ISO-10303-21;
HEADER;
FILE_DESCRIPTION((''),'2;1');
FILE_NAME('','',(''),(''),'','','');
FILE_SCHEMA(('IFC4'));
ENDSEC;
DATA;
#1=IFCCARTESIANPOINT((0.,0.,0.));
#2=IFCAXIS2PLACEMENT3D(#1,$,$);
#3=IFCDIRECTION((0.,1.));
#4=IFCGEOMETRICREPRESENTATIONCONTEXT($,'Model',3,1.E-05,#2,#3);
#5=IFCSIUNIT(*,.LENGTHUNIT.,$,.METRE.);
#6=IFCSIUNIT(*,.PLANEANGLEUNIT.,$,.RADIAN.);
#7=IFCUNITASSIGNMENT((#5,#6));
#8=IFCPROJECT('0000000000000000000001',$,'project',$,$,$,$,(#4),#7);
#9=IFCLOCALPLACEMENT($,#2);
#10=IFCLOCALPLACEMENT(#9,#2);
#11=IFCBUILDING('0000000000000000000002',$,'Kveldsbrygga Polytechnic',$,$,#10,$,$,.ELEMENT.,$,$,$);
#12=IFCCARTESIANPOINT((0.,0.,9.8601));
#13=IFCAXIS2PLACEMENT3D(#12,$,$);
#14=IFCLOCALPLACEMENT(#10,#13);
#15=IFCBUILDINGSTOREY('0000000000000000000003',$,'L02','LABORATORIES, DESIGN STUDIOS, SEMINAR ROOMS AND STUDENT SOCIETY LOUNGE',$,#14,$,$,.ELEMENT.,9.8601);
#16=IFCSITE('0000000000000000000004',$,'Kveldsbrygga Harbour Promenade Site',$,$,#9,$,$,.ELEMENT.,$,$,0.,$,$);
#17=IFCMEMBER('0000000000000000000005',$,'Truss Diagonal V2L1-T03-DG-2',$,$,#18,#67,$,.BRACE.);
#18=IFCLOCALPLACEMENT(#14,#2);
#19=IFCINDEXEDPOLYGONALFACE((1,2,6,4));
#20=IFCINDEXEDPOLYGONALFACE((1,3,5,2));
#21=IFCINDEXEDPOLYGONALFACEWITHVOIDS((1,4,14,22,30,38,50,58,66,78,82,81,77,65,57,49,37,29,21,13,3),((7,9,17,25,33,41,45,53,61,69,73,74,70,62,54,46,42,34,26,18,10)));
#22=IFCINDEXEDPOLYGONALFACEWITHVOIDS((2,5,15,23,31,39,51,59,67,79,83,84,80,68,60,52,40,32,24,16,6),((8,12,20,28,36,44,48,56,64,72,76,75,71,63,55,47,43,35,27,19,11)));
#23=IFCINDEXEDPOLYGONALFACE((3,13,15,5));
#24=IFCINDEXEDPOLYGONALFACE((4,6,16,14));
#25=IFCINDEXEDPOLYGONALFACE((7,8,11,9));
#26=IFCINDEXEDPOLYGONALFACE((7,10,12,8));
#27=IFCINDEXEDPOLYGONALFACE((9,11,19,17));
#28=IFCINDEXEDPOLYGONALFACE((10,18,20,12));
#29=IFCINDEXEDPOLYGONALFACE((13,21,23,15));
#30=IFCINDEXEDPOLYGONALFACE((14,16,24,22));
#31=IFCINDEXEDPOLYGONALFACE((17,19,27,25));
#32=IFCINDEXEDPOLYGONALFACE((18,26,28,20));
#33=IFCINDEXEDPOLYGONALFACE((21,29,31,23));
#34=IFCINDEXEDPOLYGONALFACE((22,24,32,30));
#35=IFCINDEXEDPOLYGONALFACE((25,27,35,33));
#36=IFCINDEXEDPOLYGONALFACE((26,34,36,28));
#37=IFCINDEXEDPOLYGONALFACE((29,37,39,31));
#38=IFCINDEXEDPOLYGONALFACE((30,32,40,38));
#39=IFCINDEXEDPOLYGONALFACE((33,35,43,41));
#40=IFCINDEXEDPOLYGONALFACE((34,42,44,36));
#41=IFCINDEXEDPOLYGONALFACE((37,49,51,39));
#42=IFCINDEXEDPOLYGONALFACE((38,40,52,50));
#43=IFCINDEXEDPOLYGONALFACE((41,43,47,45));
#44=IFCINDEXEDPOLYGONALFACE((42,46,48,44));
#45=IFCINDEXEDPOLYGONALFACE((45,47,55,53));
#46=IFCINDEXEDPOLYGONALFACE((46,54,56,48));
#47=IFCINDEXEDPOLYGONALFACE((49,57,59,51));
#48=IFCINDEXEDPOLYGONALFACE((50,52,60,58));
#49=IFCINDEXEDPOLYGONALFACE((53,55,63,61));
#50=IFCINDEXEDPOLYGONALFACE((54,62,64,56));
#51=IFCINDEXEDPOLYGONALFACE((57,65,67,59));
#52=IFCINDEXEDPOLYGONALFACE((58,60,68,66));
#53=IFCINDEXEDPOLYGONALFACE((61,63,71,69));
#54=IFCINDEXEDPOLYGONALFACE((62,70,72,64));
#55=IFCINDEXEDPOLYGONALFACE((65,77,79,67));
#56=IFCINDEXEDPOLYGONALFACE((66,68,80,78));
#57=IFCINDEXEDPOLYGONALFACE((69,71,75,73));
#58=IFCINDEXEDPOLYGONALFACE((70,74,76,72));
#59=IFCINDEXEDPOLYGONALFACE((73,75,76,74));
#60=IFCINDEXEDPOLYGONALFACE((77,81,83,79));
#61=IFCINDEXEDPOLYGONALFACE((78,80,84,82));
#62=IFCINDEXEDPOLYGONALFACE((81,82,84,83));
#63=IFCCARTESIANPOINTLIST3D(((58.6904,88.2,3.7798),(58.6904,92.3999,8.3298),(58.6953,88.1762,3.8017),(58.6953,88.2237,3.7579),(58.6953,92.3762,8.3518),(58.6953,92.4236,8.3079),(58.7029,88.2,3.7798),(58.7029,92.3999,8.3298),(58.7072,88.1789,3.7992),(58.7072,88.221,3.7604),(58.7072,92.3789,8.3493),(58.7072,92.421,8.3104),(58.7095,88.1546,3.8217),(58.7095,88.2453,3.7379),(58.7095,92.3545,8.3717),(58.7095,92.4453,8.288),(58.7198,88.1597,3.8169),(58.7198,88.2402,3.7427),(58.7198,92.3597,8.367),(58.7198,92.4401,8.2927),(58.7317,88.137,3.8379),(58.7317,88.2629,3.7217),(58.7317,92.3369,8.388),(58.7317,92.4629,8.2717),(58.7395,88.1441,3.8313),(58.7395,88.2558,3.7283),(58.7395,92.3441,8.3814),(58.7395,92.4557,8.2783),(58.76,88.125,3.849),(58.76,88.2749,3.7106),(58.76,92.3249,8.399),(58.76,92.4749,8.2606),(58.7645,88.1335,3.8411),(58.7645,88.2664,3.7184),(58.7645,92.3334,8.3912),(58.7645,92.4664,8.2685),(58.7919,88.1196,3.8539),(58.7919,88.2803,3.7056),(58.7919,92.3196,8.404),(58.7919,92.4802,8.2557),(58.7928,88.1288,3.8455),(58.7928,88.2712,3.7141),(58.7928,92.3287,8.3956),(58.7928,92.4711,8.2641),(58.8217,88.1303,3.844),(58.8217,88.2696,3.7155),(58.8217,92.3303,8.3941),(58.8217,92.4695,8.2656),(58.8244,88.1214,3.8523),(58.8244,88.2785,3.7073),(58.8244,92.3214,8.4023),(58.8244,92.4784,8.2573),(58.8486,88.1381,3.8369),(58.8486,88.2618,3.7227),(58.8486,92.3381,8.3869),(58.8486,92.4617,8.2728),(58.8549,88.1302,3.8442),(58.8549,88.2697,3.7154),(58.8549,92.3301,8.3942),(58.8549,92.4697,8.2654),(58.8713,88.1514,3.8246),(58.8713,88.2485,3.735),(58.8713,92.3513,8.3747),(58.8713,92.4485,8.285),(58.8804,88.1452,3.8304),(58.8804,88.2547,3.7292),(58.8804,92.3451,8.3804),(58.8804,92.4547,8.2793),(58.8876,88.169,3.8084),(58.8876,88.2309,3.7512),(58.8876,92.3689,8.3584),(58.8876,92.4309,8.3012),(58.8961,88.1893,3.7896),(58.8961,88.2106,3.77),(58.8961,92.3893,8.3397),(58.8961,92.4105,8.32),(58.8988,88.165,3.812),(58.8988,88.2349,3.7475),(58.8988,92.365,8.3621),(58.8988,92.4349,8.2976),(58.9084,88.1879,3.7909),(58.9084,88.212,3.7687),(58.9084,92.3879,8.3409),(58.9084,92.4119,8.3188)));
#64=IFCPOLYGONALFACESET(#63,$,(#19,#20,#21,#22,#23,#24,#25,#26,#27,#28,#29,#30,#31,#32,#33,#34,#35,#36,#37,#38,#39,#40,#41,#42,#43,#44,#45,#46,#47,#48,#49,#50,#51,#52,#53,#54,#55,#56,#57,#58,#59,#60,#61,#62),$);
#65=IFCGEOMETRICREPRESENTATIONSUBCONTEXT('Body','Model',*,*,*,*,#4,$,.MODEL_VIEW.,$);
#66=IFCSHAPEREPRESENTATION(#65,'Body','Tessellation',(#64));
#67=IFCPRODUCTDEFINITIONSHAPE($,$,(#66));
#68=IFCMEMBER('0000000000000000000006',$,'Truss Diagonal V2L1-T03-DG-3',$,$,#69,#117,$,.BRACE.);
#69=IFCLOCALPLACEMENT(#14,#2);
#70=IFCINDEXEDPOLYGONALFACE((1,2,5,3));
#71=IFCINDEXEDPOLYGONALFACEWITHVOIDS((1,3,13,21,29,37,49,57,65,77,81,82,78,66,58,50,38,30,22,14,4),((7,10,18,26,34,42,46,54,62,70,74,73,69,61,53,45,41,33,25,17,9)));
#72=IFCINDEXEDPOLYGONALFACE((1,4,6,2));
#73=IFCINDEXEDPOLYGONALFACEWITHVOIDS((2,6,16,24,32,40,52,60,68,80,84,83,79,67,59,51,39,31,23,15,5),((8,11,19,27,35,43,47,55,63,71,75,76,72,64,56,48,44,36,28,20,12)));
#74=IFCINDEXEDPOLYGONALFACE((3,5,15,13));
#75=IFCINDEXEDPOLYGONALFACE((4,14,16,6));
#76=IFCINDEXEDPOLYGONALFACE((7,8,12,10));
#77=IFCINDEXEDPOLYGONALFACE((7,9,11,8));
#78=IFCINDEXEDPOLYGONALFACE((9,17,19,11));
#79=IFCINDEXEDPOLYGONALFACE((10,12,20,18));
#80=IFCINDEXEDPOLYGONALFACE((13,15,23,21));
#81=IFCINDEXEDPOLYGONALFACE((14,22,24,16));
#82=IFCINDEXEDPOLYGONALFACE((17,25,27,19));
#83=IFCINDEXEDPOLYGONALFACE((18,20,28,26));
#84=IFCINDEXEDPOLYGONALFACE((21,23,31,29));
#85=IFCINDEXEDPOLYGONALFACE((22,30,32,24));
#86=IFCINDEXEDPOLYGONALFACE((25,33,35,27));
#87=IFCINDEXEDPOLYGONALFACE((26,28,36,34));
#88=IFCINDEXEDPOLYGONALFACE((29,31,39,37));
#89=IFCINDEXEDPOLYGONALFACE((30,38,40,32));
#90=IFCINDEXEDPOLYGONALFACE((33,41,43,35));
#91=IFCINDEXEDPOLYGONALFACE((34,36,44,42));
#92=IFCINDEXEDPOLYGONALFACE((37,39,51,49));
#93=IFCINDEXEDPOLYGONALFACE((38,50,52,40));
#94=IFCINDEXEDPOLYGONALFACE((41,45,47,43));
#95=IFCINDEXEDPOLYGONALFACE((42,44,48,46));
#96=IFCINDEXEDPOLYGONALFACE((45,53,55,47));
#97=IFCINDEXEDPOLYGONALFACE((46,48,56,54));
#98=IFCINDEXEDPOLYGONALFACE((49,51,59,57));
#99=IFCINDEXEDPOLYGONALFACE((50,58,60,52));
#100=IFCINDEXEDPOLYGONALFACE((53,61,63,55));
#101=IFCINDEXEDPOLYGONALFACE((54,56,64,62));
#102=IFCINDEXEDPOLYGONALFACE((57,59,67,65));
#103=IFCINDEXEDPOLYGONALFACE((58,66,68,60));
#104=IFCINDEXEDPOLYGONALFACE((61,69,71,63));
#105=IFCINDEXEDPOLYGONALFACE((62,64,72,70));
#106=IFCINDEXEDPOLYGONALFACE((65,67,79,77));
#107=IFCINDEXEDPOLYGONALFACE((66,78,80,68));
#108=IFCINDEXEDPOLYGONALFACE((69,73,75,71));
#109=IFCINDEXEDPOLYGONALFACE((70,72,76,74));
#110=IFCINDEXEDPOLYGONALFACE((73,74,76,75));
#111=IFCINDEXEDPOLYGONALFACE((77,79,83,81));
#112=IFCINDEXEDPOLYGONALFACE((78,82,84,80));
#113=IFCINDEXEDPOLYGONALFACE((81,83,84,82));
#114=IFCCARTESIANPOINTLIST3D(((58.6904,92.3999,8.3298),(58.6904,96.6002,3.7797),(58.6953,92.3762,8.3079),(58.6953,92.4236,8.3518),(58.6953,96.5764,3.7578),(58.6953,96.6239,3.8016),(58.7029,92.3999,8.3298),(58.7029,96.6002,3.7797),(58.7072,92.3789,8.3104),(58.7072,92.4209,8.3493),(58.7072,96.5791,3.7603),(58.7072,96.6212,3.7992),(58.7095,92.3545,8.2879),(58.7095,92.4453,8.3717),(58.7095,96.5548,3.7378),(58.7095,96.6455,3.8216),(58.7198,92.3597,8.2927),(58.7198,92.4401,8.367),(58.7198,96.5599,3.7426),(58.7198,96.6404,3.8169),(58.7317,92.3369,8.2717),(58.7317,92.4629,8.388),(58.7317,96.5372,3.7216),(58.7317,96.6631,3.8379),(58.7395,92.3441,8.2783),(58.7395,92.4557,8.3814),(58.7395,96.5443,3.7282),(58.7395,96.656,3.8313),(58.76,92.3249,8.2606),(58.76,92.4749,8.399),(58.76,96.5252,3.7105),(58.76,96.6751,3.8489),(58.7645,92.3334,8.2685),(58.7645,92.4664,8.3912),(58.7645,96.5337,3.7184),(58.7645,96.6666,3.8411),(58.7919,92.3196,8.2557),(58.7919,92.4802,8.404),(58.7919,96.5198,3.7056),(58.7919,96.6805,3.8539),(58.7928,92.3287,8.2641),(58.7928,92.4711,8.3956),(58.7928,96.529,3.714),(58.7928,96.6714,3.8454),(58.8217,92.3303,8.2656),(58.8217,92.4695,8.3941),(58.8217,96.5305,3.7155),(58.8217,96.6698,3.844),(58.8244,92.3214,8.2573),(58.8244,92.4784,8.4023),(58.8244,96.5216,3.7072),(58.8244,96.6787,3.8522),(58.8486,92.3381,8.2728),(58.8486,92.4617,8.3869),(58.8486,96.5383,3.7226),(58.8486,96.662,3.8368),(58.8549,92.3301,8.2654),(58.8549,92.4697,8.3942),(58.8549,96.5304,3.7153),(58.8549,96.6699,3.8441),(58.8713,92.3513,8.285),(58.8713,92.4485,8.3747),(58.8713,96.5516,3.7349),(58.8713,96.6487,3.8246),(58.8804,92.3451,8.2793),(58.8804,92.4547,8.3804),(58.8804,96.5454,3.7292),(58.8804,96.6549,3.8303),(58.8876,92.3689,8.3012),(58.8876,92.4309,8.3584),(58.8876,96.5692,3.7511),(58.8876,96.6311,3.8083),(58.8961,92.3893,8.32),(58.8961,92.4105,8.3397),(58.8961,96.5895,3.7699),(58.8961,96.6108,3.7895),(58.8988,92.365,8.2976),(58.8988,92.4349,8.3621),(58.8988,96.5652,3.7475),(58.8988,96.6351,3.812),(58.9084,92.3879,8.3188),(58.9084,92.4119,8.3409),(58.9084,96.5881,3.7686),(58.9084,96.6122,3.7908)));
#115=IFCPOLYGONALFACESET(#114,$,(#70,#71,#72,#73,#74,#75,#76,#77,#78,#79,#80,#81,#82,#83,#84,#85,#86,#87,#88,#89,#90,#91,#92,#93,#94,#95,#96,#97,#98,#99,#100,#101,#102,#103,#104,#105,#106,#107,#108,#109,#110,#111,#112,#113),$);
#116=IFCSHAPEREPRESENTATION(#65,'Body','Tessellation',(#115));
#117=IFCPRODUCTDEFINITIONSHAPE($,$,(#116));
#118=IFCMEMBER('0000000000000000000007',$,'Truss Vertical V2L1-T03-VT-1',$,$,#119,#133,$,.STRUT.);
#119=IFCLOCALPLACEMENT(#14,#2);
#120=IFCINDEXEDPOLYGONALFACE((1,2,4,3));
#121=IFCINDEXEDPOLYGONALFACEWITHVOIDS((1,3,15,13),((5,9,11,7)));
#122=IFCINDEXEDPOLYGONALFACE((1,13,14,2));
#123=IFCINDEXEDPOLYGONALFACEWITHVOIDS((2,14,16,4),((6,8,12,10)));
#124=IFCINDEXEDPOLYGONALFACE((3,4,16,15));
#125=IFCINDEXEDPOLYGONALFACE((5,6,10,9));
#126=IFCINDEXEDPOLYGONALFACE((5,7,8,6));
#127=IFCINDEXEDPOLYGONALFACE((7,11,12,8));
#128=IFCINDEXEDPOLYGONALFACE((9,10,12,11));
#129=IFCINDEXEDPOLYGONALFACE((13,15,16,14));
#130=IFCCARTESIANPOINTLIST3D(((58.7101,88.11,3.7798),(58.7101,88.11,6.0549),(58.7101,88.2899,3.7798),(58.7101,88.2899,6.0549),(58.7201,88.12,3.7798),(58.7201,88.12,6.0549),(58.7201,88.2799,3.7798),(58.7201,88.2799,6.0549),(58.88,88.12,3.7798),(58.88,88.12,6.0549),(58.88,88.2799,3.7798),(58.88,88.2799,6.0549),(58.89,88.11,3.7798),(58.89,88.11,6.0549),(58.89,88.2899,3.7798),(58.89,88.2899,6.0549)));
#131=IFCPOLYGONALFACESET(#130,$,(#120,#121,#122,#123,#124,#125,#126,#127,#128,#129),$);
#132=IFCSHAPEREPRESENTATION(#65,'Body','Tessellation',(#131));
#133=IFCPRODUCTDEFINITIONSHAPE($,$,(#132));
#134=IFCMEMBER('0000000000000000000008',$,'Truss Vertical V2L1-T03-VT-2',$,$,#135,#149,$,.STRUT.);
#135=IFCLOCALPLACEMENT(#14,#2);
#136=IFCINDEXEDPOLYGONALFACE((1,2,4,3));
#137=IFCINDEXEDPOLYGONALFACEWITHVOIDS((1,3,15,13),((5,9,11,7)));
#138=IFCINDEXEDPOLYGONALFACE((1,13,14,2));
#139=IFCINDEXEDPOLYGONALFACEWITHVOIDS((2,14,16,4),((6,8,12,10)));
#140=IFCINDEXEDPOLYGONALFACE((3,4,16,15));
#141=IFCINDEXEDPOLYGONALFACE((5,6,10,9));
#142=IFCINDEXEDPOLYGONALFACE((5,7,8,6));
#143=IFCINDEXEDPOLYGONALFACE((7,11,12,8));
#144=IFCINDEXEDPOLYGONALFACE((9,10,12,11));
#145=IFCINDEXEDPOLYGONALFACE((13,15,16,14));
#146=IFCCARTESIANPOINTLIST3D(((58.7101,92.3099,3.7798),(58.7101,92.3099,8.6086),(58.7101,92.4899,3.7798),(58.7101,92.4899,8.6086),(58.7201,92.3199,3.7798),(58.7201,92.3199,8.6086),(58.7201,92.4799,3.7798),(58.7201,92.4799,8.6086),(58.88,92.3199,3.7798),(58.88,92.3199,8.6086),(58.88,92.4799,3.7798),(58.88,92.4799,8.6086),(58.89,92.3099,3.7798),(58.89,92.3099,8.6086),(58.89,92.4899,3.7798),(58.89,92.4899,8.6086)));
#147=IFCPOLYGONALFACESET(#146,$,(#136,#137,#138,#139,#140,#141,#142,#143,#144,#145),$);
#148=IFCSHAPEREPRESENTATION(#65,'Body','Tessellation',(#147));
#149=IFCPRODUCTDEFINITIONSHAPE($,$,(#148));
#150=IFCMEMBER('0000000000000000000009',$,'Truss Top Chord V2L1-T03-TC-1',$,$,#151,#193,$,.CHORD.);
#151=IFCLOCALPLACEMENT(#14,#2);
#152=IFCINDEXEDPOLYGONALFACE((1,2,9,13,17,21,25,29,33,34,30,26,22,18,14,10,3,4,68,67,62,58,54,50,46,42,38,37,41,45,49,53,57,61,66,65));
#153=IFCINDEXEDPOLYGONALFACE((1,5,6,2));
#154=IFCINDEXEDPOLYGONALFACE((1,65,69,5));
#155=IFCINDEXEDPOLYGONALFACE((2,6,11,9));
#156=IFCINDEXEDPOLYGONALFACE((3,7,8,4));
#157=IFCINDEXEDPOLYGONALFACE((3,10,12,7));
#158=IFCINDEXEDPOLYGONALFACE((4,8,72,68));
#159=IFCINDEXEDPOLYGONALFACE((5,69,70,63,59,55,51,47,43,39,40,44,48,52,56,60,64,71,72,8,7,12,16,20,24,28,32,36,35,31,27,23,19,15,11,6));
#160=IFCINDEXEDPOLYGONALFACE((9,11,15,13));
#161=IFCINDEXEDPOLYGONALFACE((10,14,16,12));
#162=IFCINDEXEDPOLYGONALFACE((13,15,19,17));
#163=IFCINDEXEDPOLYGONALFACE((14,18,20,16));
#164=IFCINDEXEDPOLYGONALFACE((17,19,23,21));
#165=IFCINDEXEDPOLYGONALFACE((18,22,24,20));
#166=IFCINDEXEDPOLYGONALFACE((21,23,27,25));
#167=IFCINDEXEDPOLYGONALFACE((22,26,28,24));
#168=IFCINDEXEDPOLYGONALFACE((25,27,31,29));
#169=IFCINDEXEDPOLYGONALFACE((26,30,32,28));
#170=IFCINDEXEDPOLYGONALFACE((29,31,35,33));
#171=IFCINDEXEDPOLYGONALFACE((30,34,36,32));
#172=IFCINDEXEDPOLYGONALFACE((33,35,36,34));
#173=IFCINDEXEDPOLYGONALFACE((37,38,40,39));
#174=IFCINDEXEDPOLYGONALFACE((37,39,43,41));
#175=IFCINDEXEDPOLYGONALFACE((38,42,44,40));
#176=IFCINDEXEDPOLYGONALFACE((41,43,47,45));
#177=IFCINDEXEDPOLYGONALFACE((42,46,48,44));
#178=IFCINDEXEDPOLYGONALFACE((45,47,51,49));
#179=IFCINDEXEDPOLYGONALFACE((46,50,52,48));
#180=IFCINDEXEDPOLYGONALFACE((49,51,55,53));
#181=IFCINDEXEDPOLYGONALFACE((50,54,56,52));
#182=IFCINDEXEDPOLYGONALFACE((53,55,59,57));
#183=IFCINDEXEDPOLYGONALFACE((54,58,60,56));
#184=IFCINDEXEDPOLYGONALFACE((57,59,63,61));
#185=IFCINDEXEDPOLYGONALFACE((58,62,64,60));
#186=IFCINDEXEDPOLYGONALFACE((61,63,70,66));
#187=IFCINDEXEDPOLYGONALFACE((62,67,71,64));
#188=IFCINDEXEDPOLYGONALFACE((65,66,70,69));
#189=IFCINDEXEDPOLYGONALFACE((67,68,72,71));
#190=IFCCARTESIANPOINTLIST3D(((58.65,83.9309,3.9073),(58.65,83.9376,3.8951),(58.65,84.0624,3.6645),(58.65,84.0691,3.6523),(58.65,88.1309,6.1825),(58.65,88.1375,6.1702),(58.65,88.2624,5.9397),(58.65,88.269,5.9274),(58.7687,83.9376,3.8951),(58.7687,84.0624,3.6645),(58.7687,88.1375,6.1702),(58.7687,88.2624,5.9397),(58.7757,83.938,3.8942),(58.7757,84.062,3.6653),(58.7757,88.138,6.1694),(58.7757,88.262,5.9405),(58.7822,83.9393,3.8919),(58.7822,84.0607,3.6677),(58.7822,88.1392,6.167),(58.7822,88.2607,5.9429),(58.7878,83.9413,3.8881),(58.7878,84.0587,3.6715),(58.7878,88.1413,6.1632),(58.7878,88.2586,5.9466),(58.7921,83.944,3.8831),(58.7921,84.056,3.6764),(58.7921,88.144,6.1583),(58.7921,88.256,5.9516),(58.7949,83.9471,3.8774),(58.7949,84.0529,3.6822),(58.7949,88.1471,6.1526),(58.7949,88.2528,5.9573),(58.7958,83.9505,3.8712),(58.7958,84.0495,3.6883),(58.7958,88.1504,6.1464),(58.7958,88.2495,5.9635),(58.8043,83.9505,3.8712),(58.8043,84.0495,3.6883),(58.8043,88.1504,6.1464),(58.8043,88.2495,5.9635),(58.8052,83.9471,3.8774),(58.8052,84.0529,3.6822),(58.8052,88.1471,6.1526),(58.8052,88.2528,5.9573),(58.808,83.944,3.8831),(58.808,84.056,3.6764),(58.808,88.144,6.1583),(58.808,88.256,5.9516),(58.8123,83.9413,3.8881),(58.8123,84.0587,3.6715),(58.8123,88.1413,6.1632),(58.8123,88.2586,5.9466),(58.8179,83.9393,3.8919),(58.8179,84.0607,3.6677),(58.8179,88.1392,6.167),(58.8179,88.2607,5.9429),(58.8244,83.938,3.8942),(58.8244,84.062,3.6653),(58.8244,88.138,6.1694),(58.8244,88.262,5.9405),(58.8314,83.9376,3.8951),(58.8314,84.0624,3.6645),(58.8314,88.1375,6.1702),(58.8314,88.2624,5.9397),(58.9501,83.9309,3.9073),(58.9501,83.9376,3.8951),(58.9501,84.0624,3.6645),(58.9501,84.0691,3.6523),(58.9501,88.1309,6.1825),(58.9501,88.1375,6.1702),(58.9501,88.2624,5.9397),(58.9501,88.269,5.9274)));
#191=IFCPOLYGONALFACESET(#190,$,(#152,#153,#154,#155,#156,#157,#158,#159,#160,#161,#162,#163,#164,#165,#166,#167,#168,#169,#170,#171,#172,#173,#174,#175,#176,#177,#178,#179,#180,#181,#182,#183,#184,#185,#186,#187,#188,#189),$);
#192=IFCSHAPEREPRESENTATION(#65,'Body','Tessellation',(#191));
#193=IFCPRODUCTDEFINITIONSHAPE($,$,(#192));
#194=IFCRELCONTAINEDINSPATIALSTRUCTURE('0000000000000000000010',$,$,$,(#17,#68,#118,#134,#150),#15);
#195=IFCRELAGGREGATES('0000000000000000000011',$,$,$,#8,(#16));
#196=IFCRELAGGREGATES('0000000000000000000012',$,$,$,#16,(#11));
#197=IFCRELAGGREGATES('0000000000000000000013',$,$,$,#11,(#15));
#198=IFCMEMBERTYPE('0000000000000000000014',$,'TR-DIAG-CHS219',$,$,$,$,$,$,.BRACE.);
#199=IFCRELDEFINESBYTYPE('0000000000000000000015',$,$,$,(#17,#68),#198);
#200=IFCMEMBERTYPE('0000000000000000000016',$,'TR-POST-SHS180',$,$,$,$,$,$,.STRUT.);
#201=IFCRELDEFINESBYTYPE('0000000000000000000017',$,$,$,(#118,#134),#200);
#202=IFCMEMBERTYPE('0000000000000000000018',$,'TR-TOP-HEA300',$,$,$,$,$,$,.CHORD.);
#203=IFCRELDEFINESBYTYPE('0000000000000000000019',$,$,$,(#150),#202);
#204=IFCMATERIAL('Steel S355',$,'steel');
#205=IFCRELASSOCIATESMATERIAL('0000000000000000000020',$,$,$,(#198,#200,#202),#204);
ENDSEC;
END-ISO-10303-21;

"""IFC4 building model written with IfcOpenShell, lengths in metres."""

from ifc_helpers import new_model, si_unit, direction, frame, origin, origin_2d, place, context, subcontext, project, spatial, hollow_rectangle, hollow_circle, i_section, extrude, material, material_profile, profile_set, type_object, element, save


model = new_model("IFC4")

# Units and contexts
model_context = context("Model", 3, precision=1e-05, world=origin(), true_north=direction((0.0, 1.0)))
body_context = subcontext(model_context, "Body", "Model", "MODEL_VIEW")
ifc_project = project(units=[si_unit("LENGTHUNIT", "METRE"), si_unit("PLANEANGLEUNIT", "RADIAN")], contexts=[model_context])

# Site, building, storey
site_placement = place(None, origin())
site = spatial("IfcSite", under=ifc_project, at=site_placement, Name="Kveldsbrygga Harbour Promenade Site", CompositionType="ELEMENT", RefElevation=0.0)
building_placement = place(site_placement, origin())
building = spatial("IfcBuilding", under=site, at=building_placement, Name="Kveldsbrygga Polytechnic", CompositionType="ELEMENT")
storey_placement = place(building_placement, frame((0.0, 0.0, 9.8601)))
storey = spatial("IfcBuildingStorey", under=building, at=storey_placement, Name="L02", Description="LABORATORIES, DESIGN STUDIOS, SEMINAR ROOMS AND STUDENT SOCIETY LOUNGE", CompositionType="ELEMENT", Elevation=9.8601)

# Members
ifc_material_1 = material(Name="Steel S355", Category="steel")
ifc_material_profile_1 = material_profile(ifc_material_1, hollow_circle(Radius=0.1096, WallThickness=0.0125, at=origin_2d()), Name="CHS 219.1x12.5")
ifc_profile_set_1 = profile_set([ifc_material_profile_1], Name="Steel S355")
member_type_1 = type_object("IfcMemberType", Name="TR-DIAG-CHS219", PredefinedType="BRACE", material=ifc_profile_set_1)
member_1_placement = place(storey_placement, frame((58.8, 88.2, 3.7798), z_axis=(0.0, 0.678272, 0.734811), x_axis=(-1.0, 0.0, 0.0)))
element("IfcMember", 1, at=member_1_placement, inside=storey, type_object=member_type_1, Name="Truss Diagonal V2L1-T03-DG-2", PredefinedType="BRACE", context=body_context, shape_type="SweptSolid", body=[
    extrude(hollow_circle(Radius=0.1096, WallThickness=0.0125, at=origin_2d()), origin(), (0.0, 0.0, 1.0), 6.1921),
])
member_2_placement = place(storey_placement, frame((58.8, 92.3999, 8.3298), z_axis=(0.0, 0.678293, -0.734791), x_axis=(-1.0, 0.0, 0.0)))
element("IfcMember", 2, at=member_2_placement, inside=storey, type_object=member_type_1, Name="Truss Diagonal V2L1-T03-DG-3", PredefinedType="BRACE", context=body_context, shape_type="SweptSolid", body=[
    extrude(hollow_circle(Radius=0.1096, WallThickness=0.0125, at=origin_2d()), origin(), (0.0, 0.0, 1.0), 6.1924),
])
ifc_material_profile_2 = material_profile(ifc_material_1, hollow_rectangle(XDim=0.1799, YDim=0.1799, WallThickness=0.01, at=origin_2d()), Name="SHS 180x180x10.0")
ifc_profile_set_2 = profile_set([ifc_material_profile_2], Name="Steel S355")
member_type_2 = type_object("IfcMemberType", Name="TR-POST-SHS180", PredefinedType="STRUT", material=ifc_profile_set_2)
member_3_placement = place(storey_placement, frame((58.8, 88.2, 3.7798), z_axis=(0.0, 0.0, 1.0), x_axis=(1.0, 0.0, 0.0)))
element("IfcMember", 3, at=member_3_placement, inside=storey, type_object=member_type_2, Name="Truss Vertical V2L1-T03-VT-1", PredefinedType="STRUT", context=body_context, shape_type="SweptSolid", body=[
    extrude(hollow_rectangle(XDim=0.1799, YDim=0.1799, WallThickness=0.01, at=origin_2d()), origin(), (0.0, 0.0, 1.0), 2.2751),
])
member_4_placement = place(storey_placement, frame((58.8, 92.3999, 3.7798), z_axis=(0.0, 0.0, 1.0), x_axis=(1.0, 0.0, 0.0)))
element("IfcMember", 4, at=member_4_placement, inside=storey, type_object=member_type_2, Name="Truss Vertical V2L1-T03-VT-2", PredefinedType="STRUT", context=body_context, shape_type="SweptSolid", body=[
    extrude(hollow_rectangle(XDim=0.1799, YDim=0.1799, WallThickness=0.01, at=origin_2d()), origin(), (0.0, 0.0, 1.0), 4.8289),
])
ifc_material_profile_3 = material_profile(ifc_material_1, i_section(OverallWidth=0.3, OverallDepth=0.29, WebThickness=0.0085, FlangeThickness=0.0139, FilletRadius=0.0271, at=origin_2d()), Name="HEA 300")
ifc_profile_set_3 = profile_set([ifc_material_profile_3], Name="Steel S355")
member_type_3 = type_object("IfcMemberType", Name="TR-TOP-HEA300", PredefinedType="CHORD", material=ifc_profile_set_3)
member_5_placement = place(storey_placement, frame((58.8, 84.0, 3.7798), z_axis=(0.0, 0.879277, 0.476311), x_axis=(-1.0, 0.0, 0.0)))
element("IfcMember", 5, at=member_5_placement, inside=storey, type_object=member_type_3, Name="Truss Top Chord V2L1-T03-TC-1", PredefinedType="CHORD", context=body_context, shape_type="SweptSolid", body=[
    extrude(i_section(OverallWidth=0.3, OverallDepth=0.29, WebThickness=0.0085, FlangeThickness=0.0139, FilletRadius=0.0271, at=origin_2d()), origin(), (0.0, 0.0, 1.0), 4.7766),
])

save(model, "model.ifc")
